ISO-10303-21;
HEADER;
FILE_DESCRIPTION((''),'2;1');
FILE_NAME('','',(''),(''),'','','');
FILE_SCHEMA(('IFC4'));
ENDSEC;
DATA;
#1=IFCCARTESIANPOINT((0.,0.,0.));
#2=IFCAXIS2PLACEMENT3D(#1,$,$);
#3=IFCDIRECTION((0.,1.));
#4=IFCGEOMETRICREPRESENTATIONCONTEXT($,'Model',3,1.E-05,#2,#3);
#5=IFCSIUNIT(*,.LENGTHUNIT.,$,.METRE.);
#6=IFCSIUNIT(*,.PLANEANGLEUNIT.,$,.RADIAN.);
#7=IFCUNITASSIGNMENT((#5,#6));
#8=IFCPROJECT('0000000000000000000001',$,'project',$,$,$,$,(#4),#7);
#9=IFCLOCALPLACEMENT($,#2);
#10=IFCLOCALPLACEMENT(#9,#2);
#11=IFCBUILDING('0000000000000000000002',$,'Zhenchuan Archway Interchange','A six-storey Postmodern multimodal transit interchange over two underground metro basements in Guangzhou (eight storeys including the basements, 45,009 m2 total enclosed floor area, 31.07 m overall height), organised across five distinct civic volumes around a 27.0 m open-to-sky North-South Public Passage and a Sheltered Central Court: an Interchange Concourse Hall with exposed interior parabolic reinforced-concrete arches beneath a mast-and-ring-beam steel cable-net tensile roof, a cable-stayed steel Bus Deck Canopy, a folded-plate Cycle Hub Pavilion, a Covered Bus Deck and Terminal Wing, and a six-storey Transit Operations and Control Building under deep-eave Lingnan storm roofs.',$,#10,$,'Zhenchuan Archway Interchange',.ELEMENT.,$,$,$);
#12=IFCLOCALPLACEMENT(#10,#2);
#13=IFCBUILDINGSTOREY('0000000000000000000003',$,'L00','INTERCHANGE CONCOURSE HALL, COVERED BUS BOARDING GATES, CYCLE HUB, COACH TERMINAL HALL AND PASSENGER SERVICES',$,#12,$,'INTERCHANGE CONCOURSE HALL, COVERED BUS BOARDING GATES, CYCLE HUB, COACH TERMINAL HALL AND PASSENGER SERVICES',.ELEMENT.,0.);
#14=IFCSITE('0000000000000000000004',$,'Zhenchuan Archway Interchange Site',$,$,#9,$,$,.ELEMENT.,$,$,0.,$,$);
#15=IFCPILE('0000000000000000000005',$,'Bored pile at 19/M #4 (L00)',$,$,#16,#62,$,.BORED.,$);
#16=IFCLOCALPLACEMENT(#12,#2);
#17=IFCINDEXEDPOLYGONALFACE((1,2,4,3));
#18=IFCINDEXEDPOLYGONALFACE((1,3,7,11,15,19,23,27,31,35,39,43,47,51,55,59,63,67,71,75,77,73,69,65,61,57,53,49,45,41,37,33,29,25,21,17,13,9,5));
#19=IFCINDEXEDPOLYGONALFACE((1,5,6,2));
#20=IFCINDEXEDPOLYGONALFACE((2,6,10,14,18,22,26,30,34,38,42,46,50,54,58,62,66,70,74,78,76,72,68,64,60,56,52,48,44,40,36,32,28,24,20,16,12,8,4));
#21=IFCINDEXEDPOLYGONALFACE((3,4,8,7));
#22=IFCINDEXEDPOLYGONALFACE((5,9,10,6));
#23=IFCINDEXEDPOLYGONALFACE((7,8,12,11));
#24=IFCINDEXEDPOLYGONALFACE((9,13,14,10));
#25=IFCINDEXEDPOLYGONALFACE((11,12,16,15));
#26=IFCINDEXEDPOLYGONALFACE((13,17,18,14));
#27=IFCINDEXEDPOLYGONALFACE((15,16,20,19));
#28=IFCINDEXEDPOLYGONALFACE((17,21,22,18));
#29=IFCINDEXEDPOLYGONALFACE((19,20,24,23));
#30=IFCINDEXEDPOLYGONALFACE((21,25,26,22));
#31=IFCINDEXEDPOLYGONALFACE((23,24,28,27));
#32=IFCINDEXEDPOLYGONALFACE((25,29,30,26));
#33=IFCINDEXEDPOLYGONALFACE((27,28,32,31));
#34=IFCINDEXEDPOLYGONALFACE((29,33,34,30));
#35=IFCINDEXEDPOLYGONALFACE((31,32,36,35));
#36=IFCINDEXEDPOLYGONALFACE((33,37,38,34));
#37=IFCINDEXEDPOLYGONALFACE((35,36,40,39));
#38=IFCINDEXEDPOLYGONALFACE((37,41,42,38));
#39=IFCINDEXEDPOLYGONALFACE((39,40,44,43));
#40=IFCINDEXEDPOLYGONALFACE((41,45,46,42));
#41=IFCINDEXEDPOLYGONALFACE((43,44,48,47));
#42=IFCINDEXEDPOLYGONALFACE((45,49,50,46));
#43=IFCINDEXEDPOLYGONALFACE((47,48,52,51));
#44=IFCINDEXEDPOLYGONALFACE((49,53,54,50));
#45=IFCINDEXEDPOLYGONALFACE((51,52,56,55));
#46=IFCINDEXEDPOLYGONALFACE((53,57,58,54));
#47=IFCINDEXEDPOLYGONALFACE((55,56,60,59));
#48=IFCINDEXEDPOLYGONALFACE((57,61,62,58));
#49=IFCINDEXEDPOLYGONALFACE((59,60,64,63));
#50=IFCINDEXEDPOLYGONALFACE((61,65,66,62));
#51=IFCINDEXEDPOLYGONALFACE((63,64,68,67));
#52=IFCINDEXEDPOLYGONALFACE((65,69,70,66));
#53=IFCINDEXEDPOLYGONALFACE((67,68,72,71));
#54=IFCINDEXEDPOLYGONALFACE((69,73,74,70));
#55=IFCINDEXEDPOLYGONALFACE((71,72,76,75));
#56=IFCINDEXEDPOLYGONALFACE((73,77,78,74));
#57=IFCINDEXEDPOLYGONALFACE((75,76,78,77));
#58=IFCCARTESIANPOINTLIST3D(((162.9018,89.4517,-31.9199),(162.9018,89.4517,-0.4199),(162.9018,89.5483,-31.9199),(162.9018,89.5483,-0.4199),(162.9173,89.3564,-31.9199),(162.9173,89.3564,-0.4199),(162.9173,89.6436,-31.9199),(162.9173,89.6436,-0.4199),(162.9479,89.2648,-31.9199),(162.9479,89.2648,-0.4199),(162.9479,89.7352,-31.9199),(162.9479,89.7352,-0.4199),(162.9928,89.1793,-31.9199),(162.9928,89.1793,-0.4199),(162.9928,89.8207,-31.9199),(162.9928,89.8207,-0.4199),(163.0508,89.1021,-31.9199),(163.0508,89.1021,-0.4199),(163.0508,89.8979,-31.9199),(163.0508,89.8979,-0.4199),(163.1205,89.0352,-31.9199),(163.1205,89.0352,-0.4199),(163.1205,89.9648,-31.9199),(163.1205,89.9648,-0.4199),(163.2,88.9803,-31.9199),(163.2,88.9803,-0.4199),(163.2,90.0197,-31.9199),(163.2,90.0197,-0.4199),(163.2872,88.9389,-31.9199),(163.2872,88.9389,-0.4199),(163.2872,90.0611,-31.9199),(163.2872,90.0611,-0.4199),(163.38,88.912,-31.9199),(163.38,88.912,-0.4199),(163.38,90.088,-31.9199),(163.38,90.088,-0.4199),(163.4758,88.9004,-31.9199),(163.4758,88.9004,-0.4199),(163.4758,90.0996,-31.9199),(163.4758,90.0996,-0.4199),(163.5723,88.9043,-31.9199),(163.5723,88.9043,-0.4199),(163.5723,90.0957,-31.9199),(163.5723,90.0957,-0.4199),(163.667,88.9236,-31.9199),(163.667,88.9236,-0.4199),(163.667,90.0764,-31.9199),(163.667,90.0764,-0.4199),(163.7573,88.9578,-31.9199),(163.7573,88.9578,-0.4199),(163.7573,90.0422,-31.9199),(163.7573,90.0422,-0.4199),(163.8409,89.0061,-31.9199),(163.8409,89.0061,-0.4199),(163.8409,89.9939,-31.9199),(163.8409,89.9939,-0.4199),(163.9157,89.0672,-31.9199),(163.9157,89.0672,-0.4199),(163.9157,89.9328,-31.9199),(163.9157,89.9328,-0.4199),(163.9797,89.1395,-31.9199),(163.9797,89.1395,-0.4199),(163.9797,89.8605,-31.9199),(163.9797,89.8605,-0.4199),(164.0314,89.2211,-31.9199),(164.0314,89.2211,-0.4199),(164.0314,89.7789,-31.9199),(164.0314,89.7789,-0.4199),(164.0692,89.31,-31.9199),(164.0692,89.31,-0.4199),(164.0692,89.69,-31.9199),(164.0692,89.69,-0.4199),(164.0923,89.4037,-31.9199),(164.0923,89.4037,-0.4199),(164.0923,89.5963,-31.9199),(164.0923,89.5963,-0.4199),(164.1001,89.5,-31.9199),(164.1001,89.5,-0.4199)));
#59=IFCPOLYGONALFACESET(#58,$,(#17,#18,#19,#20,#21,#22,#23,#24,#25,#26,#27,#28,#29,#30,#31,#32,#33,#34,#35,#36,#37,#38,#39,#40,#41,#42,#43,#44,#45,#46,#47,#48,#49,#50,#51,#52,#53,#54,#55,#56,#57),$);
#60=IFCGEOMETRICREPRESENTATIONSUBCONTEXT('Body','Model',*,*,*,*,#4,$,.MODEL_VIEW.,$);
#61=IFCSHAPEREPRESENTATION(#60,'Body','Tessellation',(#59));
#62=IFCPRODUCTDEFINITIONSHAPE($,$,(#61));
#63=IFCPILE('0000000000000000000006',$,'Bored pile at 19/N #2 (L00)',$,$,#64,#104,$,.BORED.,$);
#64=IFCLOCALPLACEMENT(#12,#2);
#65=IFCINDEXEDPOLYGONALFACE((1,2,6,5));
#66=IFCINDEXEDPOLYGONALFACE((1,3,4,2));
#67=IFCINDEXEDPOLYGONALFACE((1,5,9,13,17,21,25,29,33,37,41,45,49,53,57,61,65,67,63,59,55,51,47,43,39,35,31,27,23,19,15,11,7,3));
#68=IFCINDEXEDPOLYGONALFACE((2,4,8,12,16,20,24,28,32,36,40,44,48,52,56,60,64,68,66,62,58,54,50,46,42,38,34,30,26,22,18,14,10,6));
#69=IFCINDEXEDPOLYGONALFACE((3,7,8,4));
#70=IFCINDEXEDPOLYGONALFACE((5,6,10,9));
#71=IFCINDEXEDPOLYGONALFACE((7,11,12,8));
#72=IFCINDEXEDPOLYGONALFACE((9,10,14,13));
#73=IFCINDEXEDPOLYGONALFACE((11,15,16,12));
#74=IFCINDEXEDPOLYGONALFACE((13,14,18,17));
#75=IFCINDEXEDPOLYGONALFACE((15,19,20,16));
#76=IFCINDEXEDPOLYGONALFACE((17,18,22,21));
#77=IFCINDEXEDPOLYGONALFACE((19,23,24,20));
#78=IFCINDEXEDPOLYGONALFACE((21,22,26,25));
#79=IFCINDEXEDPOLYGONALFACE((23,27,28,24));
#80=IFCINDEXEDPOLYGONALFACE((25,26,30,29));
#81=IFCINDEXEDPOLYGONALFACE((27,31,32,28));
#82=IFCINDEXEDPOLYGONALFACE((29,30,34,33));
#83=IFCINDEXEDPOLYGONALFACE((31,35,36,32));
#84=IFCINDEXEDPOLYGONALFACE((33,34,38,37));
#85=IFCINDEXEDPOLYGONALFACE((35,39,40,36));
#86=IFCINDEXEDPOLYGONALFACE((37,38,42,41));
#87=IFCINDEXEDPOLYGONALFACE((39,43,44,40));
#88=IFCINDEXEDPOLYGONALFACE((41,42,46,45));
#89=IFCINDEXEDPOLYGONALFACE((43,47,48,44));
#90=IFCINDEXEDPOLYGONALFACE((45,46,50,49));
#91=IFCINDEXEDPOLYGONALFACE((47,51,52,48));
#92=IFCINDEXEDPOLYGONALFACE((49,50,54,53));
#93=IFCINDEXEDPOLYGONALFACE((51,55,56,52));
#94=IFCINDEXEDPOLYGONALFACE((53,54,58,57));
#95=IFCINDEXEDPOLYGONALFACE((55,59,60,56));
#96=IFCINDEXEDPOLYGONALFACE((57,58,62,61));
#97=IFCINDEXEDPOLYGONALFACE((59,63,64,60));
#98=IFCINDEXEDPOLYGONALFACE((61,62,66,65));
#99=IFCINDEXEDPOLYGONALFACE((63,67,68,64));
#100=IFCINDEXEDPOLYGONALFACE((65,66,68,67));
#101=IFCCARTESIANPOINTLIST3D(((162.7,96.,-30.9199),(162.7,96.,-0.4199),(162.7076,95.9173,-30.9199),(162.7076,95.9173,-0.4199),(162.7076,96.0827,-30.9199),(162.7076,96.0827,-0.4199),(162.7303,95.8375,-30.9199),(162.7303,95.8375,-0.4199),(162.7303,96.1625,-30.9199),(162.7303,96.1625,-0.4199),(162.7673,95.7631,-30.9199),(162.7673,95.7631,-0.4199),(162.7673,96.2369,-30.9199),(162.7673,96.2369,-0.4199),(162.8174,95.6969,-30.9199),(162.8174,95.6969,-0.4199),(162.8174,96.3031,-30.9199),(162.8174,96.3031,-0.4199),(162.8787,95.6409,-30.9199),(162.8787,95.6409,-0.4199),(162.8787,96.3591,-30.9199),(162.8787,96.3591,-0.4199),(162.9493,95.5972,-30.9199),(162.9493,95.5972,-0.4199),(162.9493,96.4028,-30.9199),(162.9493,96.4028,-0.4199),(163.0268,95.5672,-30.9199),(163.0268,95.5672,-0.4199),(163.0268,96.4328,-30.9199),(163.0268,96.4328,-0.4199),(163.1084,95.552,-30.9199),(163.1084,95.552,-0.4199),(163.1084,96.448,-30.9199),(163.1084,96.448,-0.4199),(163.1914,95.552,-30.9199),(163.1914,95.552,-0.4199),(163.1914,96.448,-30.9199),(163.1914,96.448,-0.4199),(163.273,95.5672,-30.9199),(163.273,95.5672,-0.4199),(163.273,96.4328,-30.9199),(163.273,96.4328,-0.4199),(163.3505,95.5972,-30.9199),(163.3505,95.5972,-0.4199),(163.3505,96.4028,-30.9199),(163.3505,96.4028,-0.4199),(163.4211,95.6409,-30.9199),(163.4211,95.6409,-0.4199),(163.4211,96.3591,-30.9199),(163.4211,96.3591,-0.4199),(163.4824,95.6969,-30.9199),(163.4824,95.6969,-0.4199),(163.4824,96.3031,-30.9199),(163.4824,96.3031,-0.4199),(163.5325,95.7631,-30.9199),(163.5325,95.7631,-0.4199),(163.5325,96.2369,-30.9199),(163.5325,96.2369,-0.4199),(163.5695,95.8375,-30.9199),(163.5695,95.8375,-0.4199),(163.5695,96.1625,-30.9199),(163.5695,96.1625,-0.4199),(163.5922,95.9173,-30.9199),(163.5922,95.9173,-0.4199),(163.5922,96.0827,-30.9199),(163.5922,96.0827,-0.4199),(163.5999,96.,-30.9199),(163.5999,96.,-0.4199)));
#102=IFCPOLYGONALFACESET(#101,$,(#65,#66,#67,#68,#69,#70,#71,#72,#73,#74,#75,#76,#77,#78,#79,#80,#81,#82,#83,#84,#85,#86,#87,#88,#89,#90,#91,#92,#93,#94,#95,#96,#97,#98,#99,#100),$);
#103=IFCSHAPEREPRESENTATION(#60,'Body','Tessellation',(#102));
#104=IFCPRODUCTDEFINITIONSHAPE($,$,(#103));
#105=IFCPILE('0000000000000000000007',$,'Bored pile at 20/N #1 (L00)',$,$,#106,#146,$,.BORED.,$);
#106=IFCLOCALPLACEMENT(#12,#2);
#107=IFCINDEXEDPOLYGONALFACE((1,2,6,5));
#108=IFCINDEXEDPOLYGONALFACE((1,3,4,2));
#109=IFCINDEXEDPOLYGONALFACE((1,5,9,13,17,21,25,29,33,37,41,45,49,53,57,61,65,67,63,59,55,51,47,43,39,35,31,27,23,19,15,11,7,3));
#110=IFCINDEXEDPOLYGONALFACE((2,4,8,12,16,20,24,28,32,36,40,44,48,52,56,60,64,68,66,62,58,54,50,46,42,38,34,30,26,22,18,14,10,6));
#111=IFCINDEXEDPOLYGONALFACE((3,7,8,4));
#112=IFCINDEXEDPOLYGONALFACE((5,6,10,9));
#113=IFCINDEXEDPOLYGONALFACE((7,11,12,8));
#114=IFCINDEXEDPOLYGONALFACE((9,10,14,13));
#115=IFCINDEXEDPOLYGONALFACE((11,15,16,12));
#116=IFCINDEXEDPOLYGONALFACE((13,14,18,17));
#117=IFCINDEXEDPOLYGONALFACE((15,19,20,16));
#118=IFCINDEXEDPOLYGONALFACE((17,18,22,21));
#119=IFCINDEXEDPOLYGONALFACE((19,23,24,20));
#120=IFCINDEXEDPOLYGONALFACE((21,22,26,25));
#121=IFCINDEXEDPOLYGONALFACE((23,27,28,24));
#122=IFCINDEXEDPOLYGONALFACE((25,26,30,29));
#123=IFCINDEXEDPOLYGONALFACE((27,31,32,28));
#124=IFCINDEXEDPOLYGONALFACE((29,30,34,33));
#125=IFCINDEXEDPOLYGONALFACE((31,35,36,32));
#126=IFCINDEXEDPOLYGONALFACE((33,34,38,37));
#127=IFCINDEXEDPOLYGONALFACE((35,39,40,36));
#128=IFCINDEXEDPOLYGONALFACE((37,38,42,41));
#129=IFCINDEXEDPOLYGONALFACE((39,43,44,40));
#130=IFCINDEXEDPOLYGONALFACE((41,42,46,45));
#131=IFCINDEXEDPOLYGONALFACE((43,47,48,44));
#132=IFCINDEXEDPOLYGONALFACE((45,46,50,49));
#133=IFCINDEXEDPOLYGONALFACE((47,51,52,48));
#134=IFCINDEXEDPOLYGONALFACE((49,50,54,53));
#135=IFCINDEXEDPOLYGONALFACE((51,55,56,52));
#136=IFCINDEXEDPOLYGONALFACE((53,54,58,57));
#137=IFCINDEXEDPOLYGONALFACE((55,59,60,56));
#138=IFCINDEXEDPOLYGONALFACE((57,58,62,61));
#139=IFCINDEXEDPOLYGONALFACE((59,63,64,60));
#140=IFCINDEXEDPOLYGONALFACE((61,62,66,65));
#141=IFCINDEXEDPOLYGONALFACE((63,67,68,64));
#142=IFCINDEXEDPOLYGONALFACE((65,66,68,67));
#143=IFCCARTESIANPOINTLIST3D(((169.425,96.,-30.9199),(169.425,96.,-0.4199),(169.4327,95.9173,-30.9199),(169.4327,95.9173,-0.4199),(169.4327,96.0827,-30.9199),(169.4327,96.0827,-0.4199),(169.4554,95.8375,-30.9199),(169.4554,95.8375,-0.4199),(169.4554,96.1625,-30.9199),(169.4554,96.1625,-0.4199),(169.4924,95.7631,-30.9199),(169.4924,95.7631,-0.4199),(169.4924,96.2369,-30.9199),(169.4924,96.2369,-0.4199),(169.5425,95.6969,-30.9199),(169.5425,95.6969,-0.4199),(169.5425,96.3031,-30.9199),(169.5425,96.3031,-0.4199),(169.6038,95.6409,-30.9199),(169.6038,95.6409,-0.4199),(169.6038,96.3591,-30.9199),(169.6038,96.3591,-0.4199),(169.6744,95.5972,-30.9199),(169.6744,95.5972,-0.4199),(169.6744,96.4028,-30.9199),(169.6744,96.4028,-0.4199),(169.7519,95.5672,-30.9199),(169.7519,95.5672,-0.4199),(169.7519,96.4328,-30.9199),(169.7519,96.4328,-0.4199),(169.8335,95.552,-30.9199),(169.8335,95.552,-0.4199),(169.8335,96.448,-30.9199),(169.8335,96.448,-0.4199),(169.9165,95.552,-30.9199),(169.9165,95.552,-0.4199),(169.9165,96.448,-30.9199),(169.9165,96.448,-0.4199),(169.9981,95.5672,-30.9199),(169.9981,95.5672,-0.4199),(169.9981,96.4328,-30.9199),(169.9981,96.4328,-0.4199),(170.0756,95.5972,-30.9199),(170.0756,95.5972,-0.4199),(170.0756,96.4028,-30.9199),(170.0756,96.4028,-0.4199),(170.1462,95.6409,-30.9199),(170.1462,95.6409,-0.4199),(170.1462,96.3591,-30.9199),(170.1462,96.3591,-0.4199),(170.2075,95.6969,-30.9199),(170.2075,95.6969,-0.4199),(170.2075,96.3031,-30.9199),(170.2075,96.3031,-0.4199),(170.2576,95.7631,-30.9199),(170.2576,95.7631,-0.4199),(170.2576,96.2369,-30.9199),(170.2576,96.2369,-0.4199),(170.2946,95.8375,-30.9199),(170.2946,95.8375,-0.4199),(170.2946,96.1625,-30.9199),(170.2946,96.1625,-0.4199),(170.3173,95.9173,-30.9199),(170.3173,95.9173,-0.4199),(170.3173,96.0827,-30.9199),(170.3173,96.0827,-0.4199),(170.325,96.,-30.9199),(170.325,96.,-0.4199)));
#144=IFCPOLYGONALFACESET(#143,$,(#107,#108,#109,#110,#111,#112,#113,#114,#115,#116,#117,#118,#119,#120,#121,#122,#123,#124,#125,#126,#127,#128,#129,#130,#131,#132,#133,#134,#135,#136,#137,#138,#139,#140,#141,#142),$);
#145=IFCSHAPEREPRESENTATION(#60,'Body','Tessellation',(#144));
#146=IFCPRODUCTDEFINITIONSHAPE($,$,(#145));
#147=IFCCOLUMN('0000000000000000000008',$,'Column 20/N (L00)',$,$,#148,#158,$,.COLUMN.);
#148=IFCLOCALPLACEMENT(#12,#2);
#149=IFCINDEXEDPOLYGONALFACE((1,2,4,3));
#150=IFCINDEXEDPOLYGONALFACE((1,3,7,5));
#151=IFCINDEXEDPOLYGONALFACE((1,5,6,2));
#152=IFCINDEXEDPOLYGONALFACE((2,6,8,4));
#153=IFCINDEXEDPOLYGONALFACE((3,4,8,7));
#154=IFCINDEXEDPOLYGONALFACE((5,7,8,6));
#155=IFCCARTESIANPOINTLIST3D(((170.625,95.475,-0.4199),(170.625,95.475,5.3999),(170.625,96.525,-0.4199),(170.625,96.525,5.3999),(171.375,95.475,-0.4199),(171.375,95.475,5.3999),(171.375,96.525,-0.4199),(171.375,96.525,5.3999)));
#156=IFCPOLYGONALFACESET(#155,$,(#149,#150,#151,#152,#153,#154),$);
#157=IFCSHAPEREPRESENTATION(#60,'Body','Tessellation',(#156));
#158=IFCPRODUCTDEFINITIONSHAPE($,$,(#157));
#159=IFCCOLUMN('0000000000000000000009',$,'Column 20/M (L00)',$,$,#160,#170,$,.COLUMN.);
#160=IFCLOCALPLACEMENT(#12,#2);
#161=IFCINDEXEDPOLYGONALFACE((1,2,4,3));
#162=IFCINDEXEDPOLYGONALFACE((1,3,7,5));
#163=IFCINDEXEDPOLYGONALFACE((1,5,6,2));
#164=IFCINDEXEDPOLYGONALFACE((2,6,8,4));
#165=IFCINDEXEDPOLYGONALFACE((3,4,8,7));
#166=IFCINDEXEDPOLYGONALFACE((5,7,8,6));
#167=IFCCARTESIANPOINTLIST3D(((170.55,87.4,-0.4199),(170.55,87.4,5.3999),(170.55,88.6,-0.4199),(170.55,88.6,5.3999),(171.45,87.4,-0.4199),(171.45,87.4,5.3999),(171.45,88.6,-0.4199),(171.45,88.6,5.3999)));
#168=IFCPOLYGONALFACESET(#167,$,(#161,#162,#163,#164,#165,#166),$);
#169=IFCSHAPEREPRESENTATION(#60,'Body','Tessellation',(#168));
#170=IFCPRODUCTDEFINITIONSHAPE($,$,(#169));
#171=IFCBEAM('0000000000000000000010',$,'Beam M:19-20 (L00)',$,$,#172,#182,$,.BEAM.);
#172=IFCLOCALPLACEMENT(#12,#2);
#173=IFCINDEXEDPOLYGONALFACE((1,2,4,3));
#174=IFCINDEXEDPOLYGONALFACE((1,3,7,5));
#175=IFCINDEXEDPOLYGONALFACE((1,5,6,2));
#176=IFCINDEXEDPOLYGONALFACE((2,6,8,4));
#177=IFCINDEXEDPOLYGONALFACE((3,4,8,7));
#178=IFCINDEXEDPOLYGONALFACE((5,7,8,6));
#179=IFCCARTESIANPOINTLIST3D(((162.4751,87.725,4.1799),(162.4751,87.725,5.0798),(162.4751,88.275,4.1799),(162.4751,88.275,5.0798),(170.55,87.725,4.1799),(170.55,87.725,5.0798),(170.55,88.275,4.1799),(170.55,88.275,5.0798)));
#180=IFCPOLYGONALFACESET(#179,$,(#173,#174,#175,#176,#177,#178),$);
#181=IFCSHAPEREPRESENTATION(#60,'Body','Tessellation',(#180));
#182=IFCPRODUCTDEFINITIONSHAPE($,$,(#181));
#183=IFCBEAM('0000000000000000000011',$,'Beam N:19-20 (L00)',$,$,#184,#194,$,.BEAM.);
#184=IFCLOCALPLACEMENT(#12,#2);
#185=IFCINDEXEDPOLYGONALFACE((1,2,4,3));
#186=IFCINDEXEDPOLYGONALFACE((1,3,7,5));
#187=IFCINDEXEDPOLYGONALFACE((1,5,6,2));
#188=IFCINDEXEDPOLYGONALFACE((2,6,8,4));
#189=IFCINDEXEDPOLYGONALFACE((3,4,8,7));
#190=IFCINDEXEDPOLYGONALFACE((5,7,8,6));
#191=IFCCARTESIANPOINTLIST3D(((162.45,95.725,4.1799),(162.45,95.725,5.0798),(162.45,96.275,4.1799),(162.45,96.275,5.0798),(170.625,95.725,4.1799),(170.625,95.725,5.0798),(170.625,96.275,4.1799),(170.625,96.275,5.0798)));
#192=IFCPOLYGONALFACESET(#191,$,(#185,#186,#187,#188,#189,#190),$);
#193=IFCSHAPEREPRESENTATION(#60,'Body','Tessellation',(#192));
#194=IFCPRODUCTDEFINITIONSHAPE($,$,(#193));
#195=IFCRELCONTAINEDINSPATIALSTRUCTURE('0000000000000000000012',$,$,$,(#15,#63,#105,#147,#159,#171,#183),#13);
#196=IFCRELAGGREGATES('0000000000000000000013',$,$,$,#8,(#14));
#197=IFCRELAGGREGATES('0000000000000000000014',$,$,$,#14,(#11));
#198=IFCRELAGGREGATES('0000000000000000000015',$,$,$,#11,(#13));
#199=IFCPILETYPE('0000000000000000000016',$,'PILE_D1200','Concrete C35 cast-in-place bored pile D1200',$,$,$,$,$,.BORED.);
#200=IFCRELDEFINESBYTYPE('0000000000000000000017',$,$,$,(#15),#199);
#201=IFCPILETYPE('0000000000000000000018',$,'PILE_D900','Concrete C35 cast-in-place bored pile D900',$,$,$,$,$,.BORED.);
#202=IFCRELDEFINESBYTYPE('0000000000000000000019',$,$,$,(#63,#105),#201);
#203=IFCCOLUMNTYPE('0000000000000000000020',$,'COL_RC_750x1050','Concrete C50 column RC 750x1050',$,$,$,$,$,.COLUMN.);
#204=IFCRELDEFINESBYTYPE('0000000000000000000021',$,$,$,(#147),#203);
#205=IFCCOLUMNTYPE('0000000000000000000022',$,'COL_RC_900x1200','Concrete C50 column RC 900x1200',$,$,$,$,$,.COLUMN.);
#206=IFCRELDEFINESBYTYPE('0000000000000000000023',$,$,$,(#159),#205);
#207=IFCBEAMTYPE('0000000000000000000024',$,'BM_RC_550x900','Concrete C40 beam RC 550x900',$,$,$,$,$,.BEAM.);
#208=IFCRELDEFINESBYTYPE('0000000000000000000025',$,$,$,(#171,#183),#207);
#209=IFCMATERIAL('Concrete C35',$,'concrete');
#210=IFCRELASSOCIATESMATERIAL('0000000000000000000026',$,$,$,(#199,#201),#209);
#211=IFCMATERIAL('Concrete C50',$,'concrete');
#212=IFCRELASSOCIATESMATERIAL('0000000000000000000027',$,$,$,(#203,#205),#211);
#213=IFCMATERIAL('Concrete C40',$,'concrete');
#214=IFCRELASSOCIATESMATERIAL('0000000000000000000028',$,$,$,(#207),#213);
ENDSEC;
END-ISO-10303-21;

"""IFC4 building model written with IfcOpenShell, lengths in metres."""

from ifc_helpers import new_model, si_unit, direction, frame, origin, origin_2d, place, context, subcontext, project, spatial, rectangle, circle, extrude, material, material_profile, profile_set, type_object, element, save


model = new_model("IFC4")

# Units and contexts
model_context = context("Model", 3, precision=1e-05, world=origin(), true_north=direction((0.0, 1.0)))
body_context = subcontext(model_context, "Body", "Model", "MODEL_VIEW")
ifc_project = project(units=[si_unit("LENGTHUNIT", "METRE"), si_unit("PLANEANGLEUNIT", "RADIAN")], contexts=[model_context])

# Site, building, storey
site_placement = place(None, origin())
site = spatial("IfcSite", under=ifc_project, at=site_placement, Name="Zhenchuan Archway Interchange Site", CompositionType="ELEMENT", RefElevation=0.0)
building_placement = place(site_placement, origin())
building = spatial("IfcBuilding", under=site, at=building_placement, Name="Zhenchuan Archway Interchange", Description="A six-storey Postmodern multimodal transit interchange over two underground metro basements in Guangzhou (eight storeys including the basements, 45,009 m2 total enclosed floor area, 31.07 m overall height), organised across five distinct civic volumes around a 27.0 m open-to-sky North-South Public Passage and a Sheltered Central Court: an Interchange Concourse Hall with exposed interior parabolic reinforced-concrete arches beneath a mast-and-ring-beam steel cable-net tensile roof, a cable-stayed steel Bus Deck Canopy, a folded-plate Cycle Hub Pavilion, a Covered Bus Deck and Terminal Wing, and a six-storey Transit Operations and Control Building under deep-eave Lingnan storm roofs.", LongName="Zhenchuan Archway Interchange", CompositionType="ELEMENT")
storey_placement = place(building_placement, origin())
storey = spatial("IfcBuildingStorey", under=building, at=storey_placement, Name="L00", Description="INTERCHANGE CONCOURSE HALL, COVERED BUS BOARDING GATES, CYCLE HUB, COACH TERMINAL HALL AND PASSENGER SERVICES", LongName="INTERCHANGE CONCOURSE HALL, COVERED BUS BOARDING GATES, CYCLE HUB, COACH TERMINAL HALL AND PASSENGER SERVICES", CompositionType="ELEMENT", Elevation=0.0)

# Shared definitions
ifc_material_1 = material(Name="Concrete C40", Category="concrete")

# Piles
ifc_material_2 = material(Name="Concrete C35", Category="concrete")
ifc_material_profile_1 = material_profile(ifc_material_2, circle(Radius=0.6001, at=origin_2d()), Name="BORED PILE 1200")
ifc_profile_set_1 = profile_set([ifc_material_profile_1], Name="Concrete C35")
pile_type_1 = type_object("IfcPileType", Name="PILE_D1200", Description="Concrete C35 cast-in-place bored pile D1200", PredefinedType="BORED", material=ifc_profile_set_1)
pile_placement = place(storey_placement, frame((163.5, 89.5, -0.4199), z_axis=(0.0, 0.0, -1.0), x_axis=(1.0, 0.0, 0.0)))
element("IfcPile", 1, at=pile_placement, inside=storey, type_object=pile_type_1, Name="Bored pile at 19/M #4 (L00)", PredefinedType="BORED", context=body_context, shape_type="SweptSolid", body=[
    extrude(circle(Radius=0.6001, at=origin_2d()), origin(), (0.0, 0.0, 1.0), 31.5),
])
ifc_material_profile_2 = material_profile(ifc_material_2, circle(Radius=0.45, at=origin_2d()), Name="BORED PILE 900")
ifc_profile_set_2 = profile_set([ifc_material_profile_2], Name="Concrete C35")
pile_type_2 = type_object("IfcPileType", Name="PILE_D900", Description="Concrete C35 cast-in-place bored pile D900", PredefinedType="BORED", material=ifc_profile_set_2)
for number, where, z_axis, x_axis, name in (
    (2, (163.1499, 96.0, -0.4199), (0.0, 0.0, -1.0), (1.0, 0.0, 0.0), "Bored pile at 19/N #2 (L00)"),
    (3, (169.875, 96.0, -0.4199), (0.0, 0.0, -1.0), (1.0, 0.0, 0.0), "Bored pile at 20/N #1 (L00)"),
):
    element("IfcPile", number, at=place(storey_placement, frame(where, z_axis=z_axis, x_axis=x_axis)), inside=storey, type_object=pile_type_2, Name=name, PredefinedType="BORED", context=body_context, shape_type="SweptSolid", body=[
        extrude(circle(Radius=0.45, at=origin_2d()), origin(), (0.0, 0.0, 1.0), 30.5),
    ])

# Columns
ifc_material_3 = material(Name="Concrete C50", Category="concrete")
ifc_material_profile_3 = material_profile(ifc_material_3, rectangle(XDim=0.75, YDim=1.05, at=origin_2d()), Name="RC 750x1050")
ifc_profile_set_3 = profile_set([ifc_material_profile_3], Name="Concrete C50")
column_type_1 = type_object("IfcColumnType", Name="COL_RC_750x1050", Description="Concrete C50 column RC 750x1050", PredefinedType="COLUMN", material=ifc_profile_set_3)
column_1_placement = place(storey_placement, frame((171.0, 96.0, -0.4199), z_axis=(0.0, 0.0, 1.0), x_axis=(1.0, 0.0, 0.0)))
element("IfcColumn", 4, at=column_1_placement, inside=storey, type_object=column_type_1, Name="Column 20/N (L00)", PredefinedType="COLUMN", context=body_context, shape_type="SweptSolid", body=[
    extrude(rectangle(XDim=0.75, YDim=1.05, at=origin_2d()), origin(), (0.0, 0.0, 1.0), 5.8198),
])
ifc_material_profile_4 = material_profile(ifc_material_3, rectangle(XDim=0.8999, YDim=1.2, at=origin_2d()), Name="RC 900x1200")
ifc_profile_set_4 = profile_set([ifc_material_profile_4], Name="Concrete C50")
column_type_2 = type_object("IfcColumnType", Name="COL_RC_900x1200", Description="Concrete C50 column RC 900x1200", PredefinedType="COLUMN", material=ifc_profile_set_4)
column_2_placement = place(storey_placement, frame((171.0, 88.0, -0.4199), z_axis=(0.0, 0.0, 1.0), x_axis=(1.0, 0.0, 0.0)))
element("IfcColumn", 5, at=column_2_placement, inside=storey, type_object=column_type_2, Name="Column 20/M (L00)", PredefinedType="COLUMN", context=body_context, shape_type="SweptSolid", body=[
    extrude(rectangle(XDim=0.8999, YDim=1.2, at=origin_2d()), origin(), (0.0, 0.0, 1.0), 5.8198),
])

# Beams
ifc_material_profile_5 = material_profile(ifc_material_1, rectangle(XDim=0.55, YDim=0.8999, at=origin_2d()), Name="RC 550x900")
ifc_profile_set_5 = profile_set([ifc_material_profile_5], Name="Concrete C40")
beam_type_1 = type_object("IfcBeamType", Name="BM_RC_550x900", Description="Concrete C40 beam RC 550x900", PredefinedType="BEAM", material=ifc_profile_set_5)
beam_1_placement = place(storey_placement, frame((162.4751, 88.0, 4.6299), z_axis=(1.0, 0.0, 0.0), x_axis=(0.0, 1.0, 0.0)))
element("IfcBeam", 6, at=beam_1_placement, inside=storey, type_object=beam_type_1, Name="Beam M:19-20 (L00)", PredefinedType="BEAM", context=body_context, shape_type="SweptSolid", body=[
    extrude(rectangle(XDim=0.55, YDim=0.8999, at=origin_2d()), origin(), (0.0, 0.0, 1.0), 8.075),
])
beam_2_placement = place(storey_placement, frame((162.45, 96.0, 4.6299), z_axis=(1.0, 0.0, 0.0), x_axis=(0.0, 1.0, 0.0)))
element("IfcBeam", 7, at=beam_2_placement, inside=storey, type_object=beam_type_1, Name="Beam N:19-20 (L00)", PredefinedType="BEAM", context=body_context, shape_type="SweptSolid", body=[
    extrude(rectangle(XDim=0.55, YDim=0.8999, at=origin_2d()), origin(), (0.0, 0.0, 1.0), 8.175),
])

save(model, "model.ifc")
